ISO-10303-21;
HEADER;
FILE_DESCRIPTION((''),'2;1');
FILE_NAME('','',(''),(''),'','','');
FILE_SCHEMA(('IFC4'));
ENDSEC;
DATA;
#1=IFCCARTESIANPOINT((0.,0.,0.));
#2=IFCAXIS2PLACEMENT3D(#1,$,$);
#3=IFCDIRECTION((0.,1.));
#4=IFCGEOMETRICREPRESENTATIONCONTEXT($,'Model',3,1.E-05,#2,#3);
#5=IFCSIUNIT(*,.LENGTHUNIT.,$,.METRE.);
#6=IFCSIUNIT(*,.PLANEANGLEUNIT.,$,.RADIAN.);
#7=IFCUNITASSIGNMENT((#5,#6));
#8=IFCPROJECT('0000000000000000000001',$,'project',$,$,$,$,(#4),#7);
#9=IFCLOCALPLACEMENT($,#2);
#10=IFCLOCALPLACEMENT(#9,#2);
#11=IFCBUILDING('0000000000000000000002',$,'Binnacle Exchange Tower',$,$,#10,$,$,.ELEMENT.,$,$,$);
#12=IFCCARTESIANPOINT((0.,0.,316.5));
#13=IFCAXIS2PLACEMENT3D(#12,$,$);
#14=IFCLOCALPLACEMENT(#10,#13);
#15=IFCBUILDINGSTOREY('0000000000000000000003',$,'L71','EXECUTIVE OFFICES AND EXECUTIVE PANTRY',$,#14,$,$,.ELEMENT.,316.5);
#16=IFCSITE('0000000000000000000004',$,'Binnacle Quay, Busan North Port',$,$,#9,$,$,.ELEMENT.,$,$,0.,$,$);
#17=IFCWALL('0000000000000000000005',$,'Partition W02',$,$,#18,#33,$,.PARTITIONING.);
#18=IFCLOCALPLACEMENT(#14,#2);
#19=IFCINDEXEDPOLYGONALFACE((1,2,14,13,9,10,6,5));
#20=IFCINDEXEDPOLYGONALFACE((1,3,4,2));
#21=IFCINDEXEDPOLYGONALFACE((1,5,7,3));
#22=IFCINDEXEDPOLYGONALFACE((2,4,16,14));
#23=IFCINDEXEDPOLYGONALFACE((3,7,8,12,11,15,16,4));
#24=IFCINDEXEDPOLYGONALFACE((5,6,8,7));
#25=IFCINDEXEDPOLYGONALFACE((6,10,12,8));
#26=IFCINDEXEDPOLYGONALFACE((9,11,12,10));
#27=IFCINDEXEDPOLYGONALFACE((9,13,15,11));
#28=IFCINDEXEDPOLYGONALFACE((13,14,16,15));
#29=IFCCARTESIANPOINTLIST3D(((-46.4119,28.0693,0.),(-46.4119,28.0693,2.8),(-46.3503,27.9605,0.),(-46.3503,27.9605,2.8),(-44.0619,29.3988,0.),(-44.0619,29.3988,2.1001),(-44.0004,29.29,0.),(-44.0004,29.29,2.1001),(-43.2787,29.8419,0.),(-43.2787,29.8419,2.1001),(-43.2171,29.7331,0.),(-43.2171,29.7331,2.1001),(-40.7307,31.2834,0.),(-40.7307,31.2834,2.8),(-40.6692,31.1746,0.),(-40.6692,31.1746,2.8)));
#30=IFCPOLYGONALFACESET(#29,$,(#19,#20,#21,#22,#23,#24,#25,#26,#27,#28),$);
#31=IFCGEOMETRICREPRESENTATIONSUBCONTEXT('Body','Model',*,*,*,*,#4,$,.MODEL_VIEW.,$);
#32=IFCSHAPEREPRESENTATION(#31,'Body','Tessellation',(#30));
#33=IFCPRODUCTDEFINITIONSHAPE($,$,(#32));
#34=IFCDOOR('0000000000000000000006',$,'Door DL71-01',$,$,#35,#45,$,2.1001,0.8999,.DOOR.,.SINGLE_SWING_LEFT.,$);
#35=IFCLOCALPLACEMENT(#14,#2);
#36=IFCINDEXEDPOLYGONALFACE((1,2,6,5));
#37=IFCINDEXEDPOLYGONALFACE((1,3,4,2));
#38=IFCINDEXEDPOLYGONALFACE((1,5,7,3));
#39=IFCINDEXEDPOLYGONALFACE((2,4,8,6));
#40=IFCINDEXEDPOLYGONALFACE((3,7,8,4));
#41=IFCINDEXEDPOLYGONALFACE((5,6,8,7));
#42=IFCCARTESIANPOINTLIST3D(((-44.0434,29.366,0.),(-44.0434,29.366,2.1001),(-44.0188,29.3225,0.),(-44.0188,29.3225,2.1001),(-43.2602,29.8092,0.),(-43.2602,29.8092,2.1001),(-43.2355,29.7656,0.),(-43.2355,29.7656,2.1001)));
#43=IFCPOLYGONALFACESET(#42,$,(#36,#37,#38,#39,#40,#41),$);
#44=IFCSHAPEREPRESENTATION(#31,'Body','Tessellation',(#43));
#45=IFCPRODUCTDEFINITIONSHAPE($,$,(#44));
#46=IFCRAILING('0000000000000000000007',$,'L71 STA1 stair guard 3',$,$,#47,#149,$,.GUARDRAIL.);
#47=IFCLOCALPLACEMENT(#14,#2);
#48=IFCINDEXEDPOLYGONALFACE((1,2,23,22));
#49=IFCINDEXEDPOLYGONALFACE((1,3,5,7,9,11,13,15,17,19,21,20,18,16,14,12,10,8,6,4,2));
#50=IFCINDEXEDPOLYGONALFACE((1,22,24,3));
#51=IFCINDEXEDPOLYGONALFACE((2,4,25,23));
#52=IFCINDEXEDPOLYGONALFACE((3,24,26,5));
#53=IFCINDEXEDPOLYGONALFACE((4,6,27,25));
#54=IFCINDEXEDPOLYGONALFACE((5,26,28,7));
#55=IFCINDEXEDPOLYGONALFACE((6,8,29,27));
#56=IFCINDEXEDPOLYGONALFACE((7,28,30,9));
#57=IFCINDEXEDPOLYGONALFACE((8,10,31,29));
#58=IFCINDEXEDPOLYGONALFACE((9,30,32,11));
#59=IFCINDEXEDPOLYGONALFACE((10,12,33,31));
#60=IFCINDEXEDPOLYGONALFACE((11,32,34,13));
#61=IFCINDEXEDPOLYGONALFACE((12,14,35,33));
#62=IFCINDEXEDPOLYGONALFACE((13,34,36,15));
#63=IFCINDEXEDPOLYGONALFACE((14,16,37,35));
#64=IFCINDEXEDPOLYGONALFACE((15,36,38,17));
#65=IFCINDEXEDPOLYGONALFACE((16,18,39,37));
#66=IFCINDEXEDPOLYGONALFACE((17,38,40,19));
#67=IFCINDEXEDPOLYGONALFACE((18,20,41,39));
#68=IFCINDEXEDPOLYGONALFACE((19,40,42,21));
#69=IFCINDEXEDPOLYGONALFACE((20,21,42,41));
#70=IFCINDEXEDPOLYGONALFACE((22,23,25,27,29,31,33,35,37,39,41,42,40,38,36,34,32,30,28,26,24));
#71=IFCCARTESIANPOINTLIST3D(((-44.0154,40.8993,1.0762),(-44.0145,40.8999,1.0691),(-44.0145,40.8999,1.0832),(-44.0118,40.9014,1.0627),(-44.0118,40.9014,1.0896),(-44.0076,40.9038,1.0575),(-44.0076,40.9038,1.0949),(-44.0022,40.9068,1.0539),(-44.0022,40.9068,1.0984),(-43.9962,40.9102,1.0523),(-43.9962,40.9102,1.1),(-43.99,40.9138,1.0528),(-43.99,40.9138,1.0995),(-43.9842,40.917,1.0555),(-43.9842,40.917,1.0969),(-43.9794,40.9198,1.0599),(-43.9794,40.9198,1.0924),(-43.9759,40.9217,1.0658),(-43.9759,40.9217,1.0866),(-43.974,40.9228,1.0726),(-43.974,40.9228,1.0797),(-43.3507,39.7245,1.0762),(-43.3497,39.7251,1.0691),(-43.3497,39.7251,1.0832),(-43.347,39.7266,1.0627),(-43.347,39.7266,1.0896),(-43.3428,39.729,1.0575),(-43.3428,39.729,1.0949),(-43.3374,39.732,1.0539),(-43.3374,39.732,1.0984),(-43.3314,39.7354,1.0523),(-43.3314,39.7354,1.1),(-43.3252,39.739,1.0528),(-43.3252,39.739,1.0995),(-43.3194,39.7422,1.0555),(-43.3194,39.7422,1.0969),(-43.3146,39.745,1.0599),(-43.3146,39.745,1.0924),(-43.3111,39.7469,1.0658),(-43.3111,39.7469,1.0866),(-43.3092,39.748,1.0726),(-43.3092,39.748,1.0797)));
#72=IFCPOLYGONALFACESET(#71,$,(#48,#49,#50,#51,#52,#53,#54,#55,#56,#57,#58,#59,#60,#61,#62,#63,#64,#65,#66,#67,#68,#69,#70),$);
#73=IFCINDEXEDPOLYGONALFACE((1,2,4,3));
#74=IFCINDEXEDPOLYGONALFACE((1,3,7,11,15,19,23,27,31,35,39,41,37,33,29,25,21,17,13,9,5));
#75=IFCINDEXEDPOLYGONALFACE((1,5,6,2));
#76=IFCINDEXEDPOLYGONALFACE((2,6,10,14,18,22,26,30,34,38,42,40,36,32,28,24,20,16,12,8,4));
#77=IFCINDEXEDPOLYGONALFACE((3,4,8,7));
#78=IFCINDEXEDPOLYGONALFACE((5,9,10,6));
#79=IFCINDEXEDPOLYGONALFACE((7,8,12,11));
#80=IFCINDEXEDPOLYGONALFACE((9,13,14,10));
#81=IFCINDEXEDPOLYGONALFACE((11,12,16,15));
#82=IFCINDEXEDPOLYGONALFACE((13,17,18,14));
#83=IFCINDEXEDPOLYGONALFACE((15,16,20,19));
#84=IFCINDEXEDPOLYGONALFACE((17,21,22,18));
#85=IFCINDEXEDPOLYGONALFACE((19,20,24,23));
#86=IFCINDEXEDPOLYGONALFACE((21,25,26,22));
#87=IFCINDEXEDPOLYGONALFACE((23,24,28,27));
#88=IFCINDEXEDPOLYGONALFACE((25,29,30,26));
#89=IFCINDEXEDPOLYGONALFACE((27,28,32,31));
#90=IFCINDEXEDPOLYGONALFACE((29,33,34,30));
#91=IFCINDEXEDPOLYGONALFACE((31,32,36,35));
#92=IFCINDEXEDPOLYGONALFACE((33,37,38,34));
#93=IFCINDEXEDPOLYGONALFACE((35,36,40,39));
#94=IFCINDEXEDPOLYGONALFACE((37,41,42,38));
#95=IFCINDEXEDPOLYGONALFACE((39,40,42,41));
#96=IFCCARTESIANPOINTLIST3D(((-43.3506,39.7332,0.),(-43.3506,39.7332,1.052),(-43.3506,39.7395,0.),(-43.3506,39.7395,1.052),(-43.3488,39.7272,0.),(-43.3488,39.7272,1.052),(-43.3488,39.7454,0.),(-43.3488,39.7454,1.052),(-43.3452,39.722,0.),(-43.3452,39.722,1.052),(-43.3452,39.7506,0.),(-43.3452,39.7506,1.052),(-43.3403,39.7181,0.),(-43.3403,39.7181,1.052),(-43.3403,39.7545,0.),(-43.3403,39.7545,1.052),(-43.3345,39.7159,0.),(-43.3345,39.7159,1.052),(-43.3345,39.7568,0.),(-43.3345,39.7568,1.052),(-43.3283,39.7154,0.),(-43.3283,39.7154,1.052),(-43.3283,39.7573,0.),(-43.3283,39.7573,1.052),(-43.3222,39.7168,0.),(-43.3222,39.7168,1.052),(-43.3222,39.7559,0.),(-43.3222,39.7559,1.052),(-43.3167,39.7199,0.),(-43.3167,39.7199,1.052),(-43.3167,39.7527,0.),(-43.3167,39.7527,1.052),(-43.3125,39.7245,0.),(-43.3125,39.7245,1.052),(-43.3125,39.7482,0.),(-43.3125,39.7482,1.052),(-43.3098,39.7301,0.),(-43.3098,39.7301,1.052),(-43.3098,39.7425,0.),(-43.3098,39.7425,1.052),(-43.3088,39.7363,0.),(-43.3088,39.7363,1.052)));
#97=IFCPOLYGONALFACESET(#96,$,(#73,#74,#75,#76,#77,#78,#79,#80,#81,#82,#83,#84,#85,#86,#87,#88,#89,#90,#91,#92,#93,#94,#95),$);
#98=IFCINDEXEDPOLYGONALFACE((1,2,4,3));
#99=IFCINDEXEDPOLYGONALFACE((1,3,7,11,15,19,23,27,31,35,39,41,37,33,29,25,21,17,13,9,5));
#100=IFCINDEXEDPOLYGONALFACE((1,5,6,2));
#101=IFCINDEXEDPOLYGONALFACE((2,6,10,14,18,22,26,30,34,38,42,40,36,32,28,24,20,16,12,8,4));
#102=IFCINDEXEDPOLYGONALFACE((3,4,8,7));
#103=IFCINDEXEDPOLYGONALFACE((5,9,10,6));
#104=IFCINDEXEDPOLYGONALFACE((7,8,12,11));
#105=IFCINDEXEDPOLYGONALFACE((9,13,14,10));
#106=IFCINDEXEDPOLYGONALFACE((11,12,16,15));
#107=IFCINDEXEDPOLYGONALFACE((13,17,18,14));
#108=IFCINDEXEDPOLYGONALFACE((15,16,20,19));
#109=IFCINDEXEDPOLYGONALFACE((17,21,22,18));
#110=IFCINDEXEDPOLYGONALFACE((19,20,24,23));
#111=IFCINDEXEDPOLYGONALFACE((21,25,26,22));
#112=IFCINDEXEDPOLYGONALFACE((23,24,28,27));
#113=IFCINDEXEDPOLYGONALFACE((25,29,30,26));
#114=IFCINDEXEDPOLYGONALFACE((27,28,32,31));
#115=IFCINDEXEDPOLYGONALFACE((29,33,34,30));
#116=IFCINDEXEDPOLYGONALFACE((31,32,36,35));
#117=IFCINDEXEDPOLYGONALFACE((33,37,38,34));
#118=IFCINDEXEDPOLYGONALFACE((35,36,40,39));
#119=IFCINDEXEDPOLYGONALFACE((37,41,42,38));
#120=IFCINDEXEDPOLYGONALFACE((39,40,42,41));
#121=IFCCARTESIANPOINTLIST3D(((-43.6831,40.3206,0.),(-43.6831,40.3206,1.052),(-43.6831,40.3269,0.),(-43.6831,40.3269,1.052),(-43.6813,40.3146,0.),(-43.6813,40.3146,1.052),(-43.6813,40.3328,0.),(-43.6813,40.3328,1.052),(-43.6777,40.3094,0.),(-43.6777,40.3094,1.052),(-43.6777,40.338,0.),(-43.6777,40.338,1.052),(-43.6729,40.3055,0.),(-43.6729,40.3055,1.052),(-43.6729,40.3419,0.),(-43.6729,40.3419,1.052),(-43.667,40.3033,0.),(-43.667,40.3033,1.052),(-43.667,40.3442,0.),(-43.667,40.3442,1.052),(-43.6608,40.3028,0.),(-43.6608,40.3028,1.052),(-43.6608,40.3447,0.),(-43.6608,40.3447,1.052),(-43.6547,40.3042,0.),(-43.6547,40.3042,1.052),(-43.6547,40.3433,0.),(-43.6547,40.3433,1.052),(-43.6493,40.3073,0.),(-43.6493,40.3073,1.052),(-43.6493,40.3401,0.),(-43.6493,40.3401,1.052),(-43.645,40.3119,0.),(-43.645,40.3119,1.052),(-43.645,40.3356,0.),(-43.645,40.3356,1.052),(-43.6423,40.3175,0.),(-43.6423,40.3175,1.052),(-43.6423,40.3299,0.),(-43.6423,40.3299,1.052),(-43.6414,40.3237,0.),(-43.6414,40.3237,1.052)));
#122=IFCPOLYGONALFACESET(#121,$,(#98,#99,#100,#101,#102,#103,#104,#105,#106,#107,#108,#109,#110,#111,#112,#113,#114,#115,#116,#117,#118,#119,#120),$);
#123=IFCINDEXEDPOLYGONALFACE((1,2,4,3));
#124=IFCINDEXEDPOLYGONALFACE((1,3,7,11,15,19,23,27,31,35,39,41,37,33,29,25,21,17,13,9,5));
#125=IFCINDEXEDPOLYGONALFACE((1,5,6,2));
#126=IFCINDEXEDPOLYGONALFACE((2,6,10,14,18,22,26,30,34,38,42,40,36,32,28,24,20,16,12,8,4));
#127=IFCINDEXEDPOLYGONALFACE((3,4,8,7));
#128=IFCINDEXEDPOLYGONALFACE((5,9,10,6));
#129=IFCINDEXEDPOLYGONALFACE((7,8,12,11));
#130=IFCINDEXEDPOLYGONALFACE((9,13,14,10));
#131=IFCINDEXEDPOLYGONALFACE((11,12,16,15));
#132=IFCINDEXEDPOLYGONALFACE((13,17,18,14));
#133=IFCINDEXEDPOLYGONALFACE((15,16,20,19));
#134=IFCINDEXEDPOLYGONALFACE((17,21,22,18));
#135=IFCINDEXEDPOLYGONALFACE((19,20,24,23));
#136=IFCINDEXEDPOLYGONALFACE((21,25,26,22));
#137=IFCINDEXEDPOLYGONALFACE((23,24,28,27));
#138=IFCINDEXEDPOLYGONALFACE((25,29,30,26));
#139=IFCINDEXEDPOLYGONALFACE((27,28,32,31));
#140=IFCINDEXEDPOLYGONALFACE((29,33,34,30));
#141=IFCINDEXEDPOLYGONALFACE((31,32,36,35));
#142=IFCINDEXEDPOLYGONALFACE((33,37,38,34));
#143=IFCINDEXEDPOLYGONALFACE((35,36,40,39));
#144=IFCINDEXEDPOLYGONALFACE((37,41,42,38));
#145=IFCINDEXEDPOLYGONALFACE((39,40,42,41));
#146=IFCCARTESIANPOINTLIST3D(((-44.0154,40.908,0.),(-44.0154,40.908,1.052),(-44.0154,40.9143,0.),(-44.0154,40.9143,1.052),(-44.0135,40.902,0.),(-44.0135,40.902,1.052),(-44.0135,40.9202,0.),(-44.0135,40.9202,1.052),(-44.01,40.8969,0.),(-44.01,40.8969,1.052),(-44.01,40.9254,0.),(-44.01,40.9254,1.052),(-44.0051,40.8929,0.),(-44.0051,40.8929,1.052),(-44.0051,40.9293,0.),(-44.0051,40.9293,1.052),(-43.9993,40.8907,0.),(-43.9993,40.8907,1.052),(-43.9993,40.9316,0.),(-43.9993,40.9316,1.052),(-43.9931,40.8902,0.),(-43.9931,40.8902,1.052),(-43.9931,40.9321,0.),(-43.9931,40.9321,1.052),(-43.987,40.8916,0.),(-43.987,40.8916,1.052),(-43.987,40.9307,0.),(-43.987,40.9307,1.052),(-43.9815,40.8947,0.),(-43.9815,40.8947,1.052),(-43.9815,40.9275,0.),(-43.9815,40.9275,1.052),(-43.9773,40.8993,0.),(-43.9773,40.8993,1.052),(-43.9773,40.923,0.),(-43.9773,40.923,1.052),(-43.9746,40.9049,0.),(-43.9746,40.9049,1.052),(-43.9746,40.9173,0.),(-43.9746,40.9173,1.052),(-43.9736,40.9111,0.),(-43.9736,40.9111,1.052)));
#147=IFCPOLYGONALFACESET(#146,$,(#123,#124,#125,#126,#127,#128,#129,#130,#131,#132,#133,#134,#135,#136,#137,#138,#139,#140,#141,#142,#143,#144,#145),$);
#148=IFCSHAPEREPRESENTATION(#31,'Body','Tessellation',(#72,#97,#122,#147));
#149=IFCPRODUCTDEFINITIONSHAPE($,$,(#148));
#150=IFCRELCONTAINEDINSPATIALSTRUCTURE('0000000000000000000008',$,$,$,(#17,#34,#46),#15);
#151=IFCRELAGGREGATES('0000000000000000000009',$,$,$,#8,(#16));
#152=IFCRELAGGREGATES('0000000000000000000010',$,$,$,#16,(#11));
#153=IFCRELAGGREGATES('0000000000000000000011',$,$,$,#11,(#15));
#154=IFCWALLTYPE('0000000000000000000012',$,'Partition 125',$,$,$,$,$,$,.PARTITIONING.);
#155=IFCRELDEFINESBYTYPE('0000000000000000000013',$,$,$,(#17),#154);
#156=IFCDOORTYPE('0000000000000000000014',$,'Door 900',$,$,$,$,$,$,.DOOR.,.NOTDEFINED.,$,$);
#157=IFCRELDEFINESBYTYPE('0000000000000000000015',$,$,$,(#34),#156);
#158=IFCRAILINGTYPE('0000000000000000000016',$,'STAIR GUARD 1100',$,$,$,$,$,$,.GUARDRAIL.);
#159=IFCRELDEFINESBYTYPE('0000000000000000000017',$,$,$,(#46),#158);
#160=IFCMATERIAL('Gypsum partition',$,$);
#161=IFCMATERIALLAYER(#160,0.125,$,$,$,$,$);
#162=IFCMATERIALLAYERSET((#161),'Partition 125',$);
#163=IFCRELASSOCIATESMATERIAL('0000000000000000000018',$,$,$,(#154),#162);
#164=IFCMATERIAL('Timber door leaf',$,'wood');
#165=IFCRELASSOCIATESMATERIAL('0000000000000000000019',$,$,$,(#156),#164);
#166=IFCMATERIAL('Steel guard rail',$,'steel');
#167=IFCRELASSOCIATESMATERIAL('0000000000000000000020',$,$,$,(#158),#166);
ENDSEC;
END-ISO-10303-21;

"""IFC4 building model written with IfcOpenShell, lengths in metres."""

from ifc_helpers import new_model, si_unit, direction, frame, frame_2d, origin, origin_2d, place, context, subcontext, project, spatial, rectangle, circle, extrude, material, layer, layer_set, type_object, element, fill, save


model = new_model("IFC4")

# Units and contexts
model_context = context("Model", 3, precision=1e-05, world=origin(), true_north=direction((0.0, 1.0)))
body_context = subcontext(model_context, "Body", "Model", "MODEL_VIEW")
ifc_project = project(units=[si_unit("LENGTHUNIT", "METRE"), si_unit("PLANEANGLEUNIT", "RADIAN")], contexts=[model_context])

# Site, building, storey
site_placement = place(None, origin())
site = spatial("IfcSite", under=ifc_project, at=site_placement, Name="Binnacle Quay, Busan North Port", CompositionType="ELEMENT", RefElevation=0.0)
building_placement = place(site_placement, origin())
building = spatial("IfcBuilding", under=site, at=building_placement, Name="Binnacle Exchange Tower", CompositionType="ELEMENT")
storey_placement = place(building_placement, frame((0.0, 0.0, 316.5)))
storey = spatial("IfcBuildingStorey", under=building, at=storey_placement, Name="L71", Description="EXECUTIVE OFFICES AND EXECUTIVE PANTRY", CompositionType="ELEMENT", Elevation=316.5)

# Shared definitions
ifc_material_1 = material(Name="Gypsum partition")
ifc_layer_1 = layer(ifc_material_1, 0.125)
ifc_layer_set_1 = layer_set([ifc_layer_1], Name="Partition 125")
wall_type_1 = type_object("IfcWallType", Name="Partition 125", PredefinedType="PARTITIONING", material=ifc_layer_set_1)

# Wall, opening, door
wall_1_placement = place(storey_placement, frame((-46.3811, 28.0149, 0.0), z_axis=(0.0, 0.0, 1.0), x_axis=(0.870364, 0.492408, 0.0)))
wall_1 = element("IfcWall", 1, at=wall_1_placement, inside=storey, type_object=wall_type_1, Name="Partition W02", PredefinedType="PARTITIONING", context=body_context, shape_type="SweptSolid", body=[
    extrude(rectangle(XDim=6.5273, YDim=0.125, at=frame_2d((3.2637, 0.0))), origin(), (0.0, 0.0, 1.0), 2.8),
])
opening_1_placement = place(wall_1_placement, frame((2.7, 0.0, 0.0)))
opening_1 = element("IfcOpeningElement", 2, at=opening_1_placement, cuts=wall_1, PredefinedType="OPENING", context=body_context, shape_type="SweptSolid", body=[
    extrude(rectangle(XDim=0.8999, YDim=2.1001, at=frame_2d((0.45, 1.05))), frame((0.0, 0.0725, 0.0), z_axis=(0.0, -1.0, 0.0), x_axis=(1.0, 0.0, 0.0)), (0.0, 0.0, 1.0), 0.145),
])
ifc_material_2 = material(Name="Timber door leaf", Category="wood")
door_type_1 = type_object("IfcDoorType", Name="Door 900", OperationType="NOTDEFINED", PredefinedType="DOOR", material=ifc_material_2)
door_1_placement = place(opening_1_placement, origin())
door_1 = element("IfcDoor", 3, at=door_1_placement, inside=storey, type_object=door_type_1, Name="Door DL71-01", OperationType="SINGLE_SWING_LEFT", OverallHeight=2.1001, OverallWidth=0.8999, PredefinedType="DOOR", context=body_context, shape_type="SweptSolid", body=[
    extrude(rectangle(XDim=0.8999, YDim=2.1001, at=frame_2d((0.45, 1.05))), frame((0.0, 0.0249, 0.0), z_axis=(0.0, -1.0, 0.0), x_axis=(1.0, 0.0, 0.0)), (0.0, 0.0, 1.0), 0.05),
])
fill(opening_1, door_1)

# Railing
ifc_material_3 = material(Name="Steel guard rail", Category="steel")
railing_type = type_object("IfcRailingType", Name="STAIR GUARD 1100", PredefinedType="GUARDRAIL", material=ifc_material_3)
railing_placement = place(storey_placement, frame((-43.3298, 39.7363, 0.0)))
element("IfcRailing", 4, at=railing_placement, inside=storey, type_object=railing_type, Name="L71 STA1 stair guard 3", PredefinedType="GUARDRAIL", context=body_context, shape_type="SweptSolid", body=[
    extrude(circle(Radius=0.0239, at=origin_2d()), frame((0.0, 0.0, 1.0762), z_axis=(-0.492492, 0.870317, 0.0), x_axis=(-0.870317, -0.492492, 0.0)), (0.0, 0.0, 1.0), 1.3499),
    extrude(circle(Radius=0.021, at=origin_2d()), origin(), (0.0, 0.0, 1.0), 1.052),
    extrude(circle(Radius=0.021, at=origin_2d()), frame((-0.3325, 0.5874, 0.0)), (0.0, 0.0, 1.0), 1.052),
    extrude(circle(Radius=0.021, at=origin_2d()), frame((-0.6648, 1.1748, 0.0)), (0.0, 0.0, 1.0), 1.052),
])

save(model, "model.ifc")
